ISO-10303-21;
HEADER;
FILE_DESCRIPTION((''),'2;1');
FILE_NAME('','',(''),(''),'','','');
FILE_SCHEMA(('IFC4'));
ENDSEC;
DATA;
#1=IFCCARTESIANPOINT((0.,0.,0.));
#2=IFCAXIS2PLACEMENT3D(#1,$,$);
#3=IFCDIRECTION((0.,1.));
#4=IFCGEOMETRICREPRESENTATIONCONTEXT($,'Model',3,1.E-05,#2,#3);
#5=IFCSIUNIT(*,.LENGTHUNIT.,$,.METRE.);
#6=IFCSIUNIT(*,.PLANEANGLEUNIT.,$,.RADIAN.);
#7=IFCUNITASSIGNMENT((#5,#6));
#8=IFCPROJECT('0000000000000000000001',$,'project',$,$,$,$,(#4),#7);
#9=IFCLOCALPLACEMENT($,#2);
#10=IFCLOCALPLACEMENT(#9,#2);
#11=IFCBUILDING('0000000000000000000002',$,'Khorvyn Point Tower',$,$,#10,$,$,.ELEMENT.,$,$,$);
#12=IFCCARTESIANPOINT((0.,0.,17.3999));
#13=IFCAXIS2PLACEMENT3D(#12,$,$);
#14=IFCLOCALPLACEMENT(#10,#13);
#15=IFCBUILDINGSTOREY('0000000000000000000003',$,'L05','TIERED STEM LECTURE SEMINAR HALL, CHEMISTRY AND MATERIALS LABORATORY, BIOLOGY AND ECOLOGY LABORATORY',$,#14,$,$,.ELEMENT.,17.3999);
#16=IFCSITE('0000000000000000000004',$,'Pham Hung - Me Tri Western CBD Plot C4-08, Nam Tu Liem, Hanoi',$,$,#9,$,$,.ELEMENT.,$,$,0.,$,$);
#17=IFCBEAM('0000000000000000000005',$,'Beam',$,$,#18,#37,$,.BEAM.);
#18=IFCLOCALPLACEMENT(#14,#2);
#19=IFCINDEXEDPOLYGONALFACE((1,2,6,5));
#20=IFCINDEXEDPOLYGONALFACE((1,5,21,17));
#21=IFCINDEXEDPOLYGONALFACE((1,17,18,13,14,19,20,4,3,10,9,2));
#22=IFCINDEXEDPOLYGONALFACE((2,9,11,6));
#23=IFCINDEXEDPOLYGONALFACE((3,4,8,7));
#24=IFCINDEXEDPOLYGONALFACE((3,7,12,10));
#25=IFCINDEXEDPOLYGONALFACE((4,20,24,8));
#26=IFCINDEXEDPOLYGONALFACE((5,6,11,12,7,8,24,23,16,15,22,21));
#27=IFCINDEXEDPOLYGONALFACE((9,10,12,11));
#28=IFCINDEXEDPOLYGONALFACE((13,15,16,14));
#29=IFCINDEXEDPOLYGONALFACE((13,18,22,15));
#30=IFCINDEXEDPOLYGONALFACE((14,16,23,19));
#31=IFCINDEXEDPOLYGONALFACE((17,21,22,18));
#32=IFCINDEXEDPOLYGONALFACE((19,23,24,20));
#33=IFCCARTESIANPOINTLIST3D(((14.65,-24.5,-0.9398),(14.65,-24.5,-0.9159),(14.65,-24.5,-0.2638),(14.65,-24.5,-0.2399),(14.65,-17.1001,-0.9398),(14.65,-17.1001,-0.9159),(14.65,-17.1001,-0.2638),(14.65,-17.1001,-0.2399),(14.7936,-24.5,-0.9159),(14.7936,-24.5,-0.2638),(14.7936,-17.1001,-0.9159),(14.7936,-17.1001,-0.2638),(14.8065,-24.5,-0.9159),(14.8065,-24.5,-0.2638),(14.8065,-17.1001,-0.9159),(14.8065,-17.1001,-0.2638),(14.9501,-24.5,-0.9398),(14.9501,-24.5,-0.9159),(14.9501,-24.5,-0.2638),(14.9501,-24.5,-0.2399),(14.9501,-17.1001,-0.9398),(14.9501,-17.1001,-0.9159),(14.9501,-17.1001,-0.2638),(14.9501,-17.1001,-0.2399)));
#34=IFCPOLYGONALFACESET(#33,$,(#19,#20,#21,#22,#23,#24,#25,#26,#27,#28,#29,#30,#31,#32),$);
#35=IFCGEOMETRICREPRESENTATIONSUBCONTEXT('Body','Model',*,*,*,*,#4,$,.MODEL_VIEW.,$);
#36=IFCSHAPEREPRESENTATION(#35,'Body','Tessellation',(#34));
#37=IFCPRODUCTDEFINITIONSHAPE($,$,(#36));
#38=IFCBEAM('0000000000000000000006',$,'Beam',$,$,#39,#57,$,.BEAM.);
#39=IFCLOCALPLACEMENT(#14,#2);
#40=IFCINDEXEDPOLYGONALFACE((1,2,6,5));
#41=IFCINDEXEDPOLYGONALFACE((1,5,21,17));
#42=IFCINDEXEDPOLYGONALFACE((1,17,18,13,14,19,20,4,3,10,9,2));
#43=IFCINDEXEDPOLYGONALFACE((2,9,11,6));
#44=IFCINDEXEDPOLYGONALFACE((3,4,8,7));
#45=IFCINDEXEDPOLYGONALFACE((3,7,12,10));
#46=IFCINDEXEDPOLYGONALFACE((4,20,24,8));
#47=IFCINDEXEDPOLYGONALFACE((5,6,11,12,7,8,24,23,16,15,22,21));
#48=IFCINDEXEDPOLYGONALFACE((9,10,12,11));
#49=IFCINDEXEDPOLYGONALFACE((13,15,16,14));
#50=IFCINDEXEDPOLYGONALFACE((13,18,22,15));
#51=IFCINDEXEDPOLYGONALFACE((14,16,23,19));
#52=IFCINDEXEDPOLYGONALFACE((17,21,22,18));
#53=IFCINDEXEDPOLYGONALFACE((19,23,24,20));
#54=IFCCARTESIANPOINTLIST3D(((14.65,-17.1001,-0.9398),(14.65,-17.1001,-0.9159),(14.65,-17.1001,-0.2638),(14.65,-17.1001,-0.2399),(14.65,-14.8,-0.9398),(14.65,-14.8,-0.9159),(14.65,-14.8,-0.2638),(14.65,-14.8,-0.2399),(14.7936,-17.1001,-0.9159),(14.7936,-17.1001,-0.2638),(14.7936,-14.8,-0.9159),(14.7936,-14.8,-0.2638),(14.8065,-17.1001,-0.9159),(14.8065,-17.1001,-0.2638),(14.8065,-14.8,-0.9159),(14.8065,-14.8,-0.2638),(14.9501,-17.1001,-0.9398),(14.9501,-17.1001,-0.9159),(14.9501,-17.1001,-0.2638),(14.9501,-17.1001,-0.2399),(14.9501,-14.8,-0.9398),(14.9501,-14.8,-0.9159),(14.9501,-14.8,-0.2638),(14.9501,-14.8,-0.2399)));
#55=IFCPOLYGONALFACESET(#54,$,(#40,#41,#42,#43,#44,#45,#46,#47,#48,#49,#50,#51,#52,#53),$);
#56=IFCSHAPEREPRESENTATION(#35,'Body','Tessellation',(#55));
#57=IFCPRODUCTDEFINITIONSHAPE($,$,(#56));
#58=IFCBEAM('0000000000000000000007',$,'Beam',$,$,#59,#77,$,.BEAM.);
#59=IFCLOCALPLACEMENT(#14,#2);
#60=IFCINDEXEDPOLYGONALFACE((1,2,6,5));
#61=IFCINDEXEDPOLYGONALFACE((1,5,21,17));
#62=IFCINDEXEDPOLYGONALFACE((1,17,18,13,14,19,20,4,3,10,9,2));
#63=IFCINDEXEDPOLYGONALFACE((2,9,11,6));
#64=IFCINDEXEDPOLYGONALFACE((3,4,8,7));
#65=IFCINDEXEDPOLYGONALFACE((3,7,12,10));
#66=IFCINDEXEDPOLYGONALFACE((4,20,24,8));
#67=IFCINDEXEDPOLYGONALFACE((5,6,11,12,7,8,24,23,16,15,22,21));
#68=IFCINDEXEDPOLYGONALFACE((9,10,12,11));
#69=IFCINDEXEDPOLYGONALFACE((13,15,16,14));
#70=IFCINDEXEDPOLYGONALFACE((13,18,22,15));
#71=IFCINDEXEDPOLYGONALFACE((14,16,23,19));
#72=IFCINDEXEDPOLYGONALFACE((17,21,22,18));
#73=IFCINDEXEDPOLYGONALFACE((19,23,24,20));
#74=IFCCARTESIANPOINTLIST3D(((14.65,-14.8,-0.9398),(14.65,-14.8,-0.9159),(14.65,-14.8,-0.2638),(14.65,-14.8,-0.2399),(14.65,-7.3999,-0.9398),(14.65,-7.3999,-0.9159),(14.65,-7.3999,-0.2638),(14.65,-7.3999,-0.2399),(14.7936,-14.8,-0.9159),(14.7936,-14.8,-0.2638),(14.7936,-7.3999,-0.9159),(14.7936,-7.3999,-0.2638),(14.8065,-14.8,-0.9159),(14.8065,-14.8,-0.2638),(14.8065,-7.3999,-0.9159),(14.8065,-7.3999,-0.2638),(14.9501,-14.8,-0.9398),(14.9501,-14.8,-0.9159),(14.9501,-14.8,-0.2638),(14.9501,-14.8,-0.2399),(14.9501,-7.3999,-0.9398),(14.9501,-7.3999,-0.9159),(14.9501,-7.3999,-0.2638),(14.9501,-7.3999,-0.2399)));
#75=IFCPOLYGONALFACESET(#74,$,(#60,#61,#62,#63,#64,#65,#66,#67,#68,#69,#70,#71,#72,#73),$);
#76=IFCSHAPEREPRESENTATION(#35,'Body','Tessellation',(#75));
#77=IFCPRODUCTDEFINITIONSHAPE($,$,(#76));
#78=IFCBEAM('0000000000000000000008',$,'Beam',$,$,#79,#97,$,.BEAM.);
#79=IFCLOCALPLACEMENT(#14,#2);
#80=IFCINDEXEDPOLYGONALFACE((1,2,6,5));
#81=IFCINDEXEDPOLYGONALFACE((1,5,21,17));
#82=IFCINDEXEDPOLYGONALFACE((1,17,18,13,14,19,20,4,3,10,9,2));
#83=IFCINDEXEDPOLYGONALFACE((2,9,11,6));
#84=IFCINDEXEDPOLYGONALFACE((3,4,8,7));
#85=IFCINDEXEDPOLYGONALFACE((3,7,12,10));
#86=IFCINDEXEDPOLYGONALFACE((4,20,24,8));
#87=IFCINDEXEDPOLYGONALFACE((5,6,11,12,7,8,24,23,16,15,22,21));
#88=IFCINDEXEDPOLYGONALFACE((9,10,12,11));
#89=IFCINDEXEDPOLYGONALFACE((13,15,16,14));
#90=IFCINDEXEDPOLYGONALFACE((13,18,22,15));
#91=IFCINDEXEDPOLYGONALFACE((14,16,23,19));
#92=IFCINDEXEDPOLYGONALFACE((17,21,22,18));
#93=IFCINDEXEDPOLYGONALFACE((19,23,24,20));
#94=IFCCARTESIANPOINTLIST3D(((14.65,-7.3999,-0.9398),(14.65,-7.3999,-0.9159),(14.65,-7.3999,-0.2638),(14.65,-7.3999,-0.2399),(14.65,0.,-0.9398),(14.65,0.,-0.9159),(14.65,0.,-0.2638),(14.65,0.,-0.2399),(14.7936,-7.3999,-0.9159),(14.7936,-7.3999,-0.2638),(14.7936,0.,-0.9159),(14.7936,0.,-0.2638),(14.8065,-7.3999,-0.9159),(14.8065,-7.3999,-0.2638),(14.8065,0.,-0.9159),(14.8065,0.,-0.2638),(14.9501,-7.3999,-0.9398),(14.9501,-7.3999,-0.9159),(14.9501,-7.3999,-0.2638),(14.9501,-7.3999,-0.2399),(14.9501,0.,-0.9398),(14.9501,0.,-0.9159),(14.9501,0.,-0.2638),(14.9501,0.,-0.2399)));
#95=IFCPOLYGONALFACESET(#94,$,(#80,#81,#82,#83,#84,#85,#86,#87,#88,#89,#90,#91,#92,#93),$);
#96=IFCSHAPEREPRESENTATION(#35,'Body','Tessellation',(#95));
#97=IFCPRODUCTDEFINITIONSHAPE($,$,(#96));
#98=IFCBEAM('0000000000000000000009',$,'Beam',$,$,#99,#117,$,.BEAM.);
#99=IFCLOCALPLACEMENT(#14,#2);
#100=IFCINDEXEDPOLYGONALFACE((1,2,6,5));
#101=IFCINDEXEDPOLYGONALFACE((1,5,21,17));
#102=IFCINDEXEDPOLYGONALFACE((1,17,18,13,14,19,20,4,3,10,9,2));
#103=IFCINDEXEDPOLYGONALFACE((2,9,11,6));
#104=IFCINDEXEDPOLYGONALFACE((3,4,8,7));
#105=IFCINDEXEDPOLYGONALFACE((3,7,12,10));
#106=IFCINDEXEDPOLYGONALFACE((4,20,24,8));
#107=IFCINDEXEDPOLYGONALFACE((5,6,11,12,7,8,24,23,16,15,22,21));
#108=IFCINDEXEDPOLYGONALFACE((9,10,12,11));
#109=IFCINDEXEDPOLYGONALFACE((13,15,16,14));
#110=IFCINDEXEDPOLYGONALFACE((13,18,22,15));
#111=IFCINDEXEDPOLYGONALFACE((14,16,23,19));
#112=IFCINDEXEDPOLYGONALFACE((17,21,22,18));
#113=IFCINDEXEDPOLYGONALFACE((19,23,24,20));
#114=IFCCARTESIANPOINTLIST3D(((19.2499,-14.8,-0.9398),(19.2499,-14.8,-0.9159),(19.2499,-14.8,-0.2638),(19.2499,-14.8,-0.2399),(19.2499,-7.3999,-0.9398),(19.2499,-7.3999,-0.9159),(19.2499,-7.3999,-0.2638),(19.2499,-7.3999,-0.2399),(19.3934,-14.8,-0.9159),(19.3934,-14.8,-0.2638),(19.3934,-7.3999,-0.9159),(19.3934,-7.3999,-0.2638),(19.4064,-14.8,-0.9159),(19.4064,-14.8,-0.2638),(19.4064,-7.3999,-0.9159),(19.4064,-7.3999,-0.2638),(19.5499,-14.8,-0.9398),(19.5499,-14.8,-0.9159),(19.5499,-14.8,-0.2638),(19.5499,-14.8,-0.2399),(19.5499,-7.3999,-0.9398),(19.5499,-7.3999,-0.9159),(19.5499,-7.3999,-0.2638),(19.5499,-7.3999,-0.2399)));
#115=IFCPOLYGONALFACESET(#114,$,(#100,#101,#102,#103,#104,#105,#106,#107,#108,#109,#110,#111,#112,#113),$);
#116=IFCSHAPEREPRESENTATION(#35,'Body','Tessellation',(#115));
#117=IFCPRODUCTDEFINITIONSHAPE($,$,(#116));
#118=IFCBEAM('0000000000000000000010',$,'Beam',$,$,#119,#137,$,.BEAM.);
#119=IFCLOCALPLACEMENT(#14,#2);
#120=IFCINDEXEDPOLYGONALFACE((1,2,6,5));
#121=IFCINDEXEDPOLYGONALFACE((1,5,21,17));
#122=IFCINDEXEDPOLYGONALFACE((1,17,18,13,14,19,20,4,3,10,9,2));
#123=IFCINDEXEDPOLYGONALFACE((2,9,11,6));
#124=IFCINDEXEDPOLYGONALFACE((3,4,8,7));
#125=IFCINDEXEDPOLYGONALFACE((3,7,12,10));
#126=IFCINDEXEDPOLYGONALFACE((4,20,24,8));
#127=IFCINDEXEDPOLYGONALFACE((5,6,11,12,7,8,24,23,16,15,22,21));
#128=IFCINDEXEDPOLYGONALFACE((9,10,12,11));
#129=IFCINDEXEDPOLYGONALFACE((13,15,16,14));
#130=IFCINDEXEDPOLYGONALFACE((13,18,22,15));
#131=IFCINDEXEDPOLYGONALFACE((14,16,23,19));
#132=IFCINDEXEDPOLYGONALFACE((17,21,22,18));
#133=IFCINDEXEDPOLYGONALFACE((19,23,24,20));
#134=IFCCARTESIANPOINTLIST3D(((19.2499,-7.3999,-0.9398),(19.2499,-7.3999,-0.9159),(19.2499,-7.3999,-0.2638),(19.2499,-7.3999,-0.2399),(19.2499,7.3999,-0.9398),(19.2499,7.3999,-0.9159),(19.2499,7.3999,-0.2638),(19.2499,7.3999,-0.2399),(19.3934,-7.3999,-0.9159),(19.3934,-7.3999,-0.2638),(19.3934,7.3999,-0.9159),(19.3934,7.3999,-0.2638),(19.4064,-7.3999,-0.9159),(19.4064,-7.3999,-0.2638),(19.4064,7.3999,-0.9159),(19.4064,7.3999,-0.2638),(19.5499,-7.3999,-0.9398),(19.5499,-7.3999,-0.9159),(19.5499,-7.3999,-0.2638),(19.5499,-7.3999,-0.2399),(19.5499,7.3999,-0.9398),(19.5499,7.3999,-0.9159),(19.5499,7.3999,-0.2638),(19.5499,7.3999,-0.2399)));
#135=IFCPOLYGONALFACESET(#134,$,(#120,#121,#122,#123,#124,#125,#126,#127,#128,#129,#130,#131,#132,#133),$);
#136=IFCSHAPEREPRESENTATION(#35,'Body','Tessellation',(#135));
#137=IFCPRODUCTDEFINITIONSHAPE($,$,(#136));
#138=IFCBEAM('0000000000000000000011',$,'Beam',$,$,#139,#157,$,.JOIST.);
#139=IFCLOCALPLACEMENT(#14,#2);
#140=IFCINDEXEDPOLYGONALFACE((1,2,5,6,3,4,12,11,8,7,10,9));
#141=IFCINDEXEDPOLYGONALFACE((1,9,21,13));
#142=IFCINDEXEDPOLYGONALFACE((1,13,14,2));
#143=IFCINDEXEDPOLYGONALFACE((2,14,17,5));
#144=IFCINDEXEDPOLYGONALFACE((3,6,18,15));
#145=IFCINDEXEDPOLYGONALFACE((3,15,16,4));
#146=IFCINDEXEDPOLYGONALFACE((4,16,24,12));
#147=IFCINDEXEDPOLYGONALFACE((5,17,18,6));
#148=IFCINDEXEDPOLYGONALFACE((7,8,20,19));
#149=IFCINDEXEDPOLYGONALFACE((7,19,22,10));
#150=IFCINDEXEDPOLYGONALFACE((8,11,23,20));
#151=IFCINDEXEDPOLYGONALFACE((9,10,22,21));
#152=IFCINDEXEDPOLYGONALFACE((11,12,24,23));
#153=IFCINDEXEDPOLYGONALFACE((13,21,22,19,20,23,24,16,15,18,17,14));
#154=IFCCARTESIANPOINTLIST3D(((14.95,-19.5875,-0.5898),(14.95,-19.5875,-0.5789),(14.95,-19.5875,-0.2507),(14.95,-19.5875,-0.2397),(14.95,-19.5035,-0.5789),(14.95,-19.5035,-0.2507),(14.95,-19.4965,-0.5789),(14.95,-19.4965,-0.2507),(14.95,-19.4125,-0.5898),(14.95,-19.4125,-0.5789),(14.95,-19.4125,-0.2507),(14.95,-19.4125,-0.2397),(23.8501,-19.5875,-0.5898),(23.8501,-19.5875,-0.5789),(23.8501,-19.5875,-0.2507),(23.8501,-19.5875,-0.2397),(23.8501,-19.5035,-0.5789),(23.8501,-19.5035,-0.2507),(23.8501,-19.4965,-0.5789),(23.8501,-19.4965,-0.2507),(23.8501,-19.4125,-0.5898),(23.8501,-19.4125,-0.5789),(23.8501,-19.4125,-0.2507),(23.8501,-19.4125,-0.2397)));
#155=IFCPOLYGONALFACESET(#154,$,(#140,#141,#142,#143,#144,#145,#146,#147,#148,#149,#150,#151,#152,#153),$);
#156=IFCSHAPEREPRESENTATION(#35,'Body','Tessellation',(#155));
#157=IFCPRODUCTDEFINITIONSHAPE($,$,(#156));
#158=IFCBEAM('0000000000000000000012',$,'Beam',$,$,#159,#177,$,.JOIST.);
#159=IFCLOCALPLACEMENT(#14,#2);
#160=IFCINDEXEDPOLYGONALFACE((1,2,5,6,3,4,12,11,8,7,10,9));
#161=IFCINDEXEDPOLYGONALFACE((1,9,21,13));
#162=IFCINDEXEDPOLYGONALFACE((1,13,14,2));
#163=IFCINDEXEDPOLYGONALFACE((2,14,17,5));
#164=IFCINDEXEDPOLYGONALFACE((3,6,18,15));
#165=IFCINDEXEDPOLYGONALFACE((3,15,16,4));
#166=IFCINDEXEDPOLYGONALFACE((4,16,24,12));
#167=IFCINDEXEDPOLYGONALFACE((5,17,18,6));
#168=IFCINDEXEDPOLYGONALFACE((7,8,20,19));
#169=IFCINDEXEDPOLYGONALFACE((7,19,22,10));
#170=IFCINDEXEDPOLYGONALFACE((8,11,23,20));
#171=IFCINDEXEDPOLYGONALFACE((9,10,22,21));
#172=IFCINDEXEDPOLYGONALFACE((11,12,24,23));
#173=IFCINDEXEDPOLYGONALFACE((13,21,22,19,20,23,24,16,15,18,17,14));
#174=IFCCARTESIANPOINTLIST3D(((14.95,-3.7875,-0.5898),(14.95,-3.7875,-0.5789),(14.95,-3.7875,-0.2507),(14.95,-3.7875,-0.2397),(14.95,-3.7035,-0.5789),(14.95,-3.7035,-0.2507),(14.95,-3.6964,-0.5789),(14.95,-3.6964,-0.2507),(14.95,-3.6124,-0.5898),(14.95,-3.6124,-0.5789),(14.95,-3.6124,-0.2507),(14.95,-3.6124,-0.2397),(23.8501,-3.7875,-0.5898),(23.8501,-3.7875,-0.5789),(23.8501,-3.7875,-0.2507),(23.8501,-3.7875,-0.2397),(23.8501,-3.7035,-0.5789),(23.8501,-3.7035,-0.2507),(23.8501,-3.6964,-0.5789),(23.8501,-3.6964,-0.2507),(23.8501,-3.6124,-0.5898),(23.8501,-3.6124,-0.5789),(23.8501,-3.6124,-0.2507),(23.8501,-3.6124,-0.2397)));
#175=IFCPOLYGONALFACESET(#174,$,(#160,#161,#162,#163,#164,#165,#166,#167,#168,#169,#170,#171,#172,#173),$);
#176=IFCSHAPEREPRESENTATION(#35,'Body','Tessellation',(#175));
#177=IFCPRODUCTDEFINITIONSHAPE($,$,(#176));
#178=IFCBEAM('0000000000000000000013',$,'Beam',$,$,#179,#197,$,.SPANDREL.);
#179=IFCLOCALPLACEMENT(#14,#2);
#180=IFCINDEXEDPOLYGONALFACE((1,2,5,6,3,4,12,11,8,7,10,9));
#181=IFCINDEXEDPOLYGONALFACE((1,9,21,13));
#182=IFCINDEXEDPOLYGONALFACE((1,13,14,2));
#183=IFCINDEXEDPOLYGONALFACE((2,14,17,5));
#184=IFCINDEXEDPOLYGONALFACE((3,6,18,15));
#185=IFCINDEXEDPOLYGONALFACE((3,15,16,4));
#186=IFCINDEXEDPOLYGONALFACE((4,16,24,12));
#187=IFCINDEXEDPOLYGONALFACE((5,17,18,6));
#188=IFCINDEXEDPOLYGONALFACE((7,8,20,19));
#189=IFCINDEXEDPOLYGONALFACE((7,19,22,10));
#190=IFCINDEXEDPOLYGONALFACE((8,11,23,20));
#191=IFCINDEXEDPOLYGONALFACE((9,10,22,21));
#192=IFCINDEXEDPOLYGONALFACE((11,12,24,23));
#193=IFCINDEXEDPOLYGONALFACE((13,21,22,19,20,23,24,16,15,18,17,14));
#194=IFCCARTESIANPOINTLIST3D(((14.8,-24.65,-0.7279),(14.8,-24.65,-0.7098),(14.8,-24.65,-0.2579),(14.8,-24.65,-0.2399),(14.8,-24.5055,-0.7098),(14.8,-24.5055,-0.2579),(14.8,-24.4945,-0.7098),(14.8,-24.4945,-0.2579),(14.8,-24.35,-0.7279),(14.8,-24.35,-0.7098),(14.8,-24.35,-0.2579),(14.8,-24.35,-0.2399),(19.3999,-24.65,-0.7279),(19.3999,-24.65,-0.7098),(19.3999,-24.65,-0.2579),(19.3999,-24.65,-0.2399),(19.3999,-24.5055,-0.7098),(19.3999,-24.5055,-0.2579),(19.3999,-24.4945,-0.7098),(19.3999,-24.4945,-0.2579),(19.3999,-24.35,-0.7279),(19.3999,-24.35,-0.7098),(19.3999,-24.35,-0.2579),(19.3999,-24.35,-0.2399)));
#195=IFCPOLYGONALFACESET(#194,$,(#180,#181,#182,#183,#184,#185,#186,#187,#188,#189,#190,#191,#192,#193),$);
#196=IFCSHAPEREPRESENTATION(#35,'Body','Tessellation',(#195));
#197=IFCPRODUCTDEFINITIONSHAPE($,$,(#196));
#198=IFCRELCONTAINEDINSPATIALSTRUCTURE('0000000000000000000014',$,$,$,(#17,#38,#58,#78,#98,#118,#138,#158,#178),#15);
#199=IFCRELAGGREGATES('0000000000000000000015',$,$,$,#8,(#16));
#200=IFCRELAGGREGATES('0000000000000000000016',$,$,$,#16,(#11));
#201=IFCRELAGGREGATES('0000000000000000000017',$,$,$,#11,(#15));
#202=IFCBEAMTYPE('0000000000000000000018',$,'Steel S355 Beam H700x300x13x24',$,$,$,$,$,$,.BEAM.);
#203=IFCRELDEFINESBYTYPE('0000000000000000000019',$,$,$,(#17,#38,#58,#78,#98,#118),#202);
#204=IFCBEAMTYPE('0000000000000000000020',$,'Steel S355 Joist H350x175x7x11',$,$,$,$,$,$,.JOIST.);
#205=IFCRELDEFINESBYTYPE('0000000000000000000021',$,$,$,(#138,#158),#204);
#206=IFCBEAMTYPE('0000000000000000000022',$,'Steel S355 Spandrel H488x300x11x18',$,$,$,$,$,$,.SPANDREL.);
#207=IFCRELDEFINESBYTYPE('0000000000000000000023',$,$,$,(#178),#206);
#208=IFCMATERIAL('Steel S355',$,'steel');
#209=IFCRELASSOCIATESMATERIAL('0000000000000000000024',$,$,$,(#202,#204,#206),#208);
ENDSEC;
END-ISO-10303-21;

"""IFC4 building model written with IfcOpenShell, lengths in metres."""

from ifc_helpers import new_model, si_unit, direction, frame, origin, origin_2d, place, context, subcontext, project, spatial, i_section, extrude, material, material_profile, profile_set, type_object, element, save


model = new_model("IFC4")

# Units and contexts
model_context = context("Model", 3, precision=1e-05, world=origin(), true_north=direction((0.0, 1.0)))
body_context = subcontext(model_context, "Body", "Model", "MODEL_VIEW")
ifc_project = project(units=[si_unit("LENGTHUNIT", "METRE"), si_unit("PLANEANGLEUNIT", "RADIAN")], contexts=[model_context])

# Site, building, storey
site_placement = place(None, origin())
site = spatial("IfcSite", under=ifc_project, at=site_placement, Name="Pham Hung - Me Tri Western CBD Plot C4-08, Nam Tu Liem, Hanoi", CompositionType="ELEMENT", RefElevation=0.0)
building_placement = place(site_placement, origin())
building = spatial("IfcBuilding", under=site, at=building_placement, Name="Khorvyn Point Tower", CompositionType="ELEMENT")
storey_placement = place(building_placement, frame((0.0, 0.0, 17.3999)))
storey = spatial("IfcBuildingStorey", under=building, at=storey_placement, Name="L05", Description="TIERED STEM LECTURE SEMINAR HALL, CHEMISTRY AND MATERIALS LABORATORY, BIOLOGY AND ECOLOGY LABORATORY", CompositionType="ELEMENT", Elevation=17.3999)

# Beams
ifc_material_1 = material(Name="Steel S355", Category="steel")
ifc_material_profile_1 = material_profile(ifc_material_1, i_section(OverallWidth=0.3, OverallDepth=0.7, WebThickness=0.0129, FlangeThickness=0.0239, at=origin_2d()))
ifc_profile_set_1 = profile_set([ifc_material_profile_1], Name="Steel S355 H700x300x13x24")
beam_type_1 = type_object("IfcBeamType", Name="Steel S355 Beam H700x300x13x24", PredefinedType="BEAM", material=ifc_profile_set_1)
beam_1_placement = place(storey_placement, frame((14.8, -24.5, -0.5898), z_axis=(0.0, 1.0, 0.0), x_axis=(-1.0, 0.0, 0.0)))
element("IfcBeam", 1, at=beam_1_placement, inside=storey, type_object=beam_type_1, Name="Beam", PredefinedType="BEAM", context=body_context, shape_type="SweptSolid", body=[
    extrude(i_section(OverallWidth=0.3, OverallDepth=0.7, WebThickness=0.0129, FlangeThickness=0.0239, at=origin_2d()), origin(), (0.0, 0.0, 1.0), 7.3999),
])
beam_2_placement = place(storey_placement, frame((14.8, -17.1001, -0.5898), z_axis=(0.0, 1.0, 0.0), x_axis=(-1.0, 0.0, 0.0)))
element("IfcBeam", 2, at=beam_2_placement, inside=storey, type_object=beam_type_1, Name="Beam", PredefinedType="BEAM", context=body_context, shape_type="SweptSolid", body=[
    extrude(i_section(OverallWidth=0.3, OverallDepth=0.7, WebThickness=0.0129, FlangeThickness=0.0239, at=origin_2d()), origin(), (0.0, 0.0, 1.0), 2.3),
])
beam_3_placement = place(storey_placement, frame((14.8, -14.8, -0.5898), z_axis=(0.0, 1.0, 0.0), x_axis=(-1.0, 0.0, 0.0)))
element("IfcBeam", 3, at=beam_3_placement, inside=storey, type_object=beam_type_1, Name="Beam", PredefinedType="BEAM", context=body_context, shape_type="SweptSolid", body=[
    extrude(i_section(OverallWidth=0.3, OverallDepth=0.7, WebThickness=0.0129, FlangeThickness=0.0239, at=origin_2d()), origin(), (0.0, 0.0, 1.0), 7.4001),
])
beam_4_placement = place(storey_placement, frame((14.8, -7.3999, -0.5898), z_axis=(0.0, 1.0, 0.0), x_axis=(-1.0, 0.0, 0.0)))
element("IfcBeam", 4, at=beam_4_placement, inside=storey, type_object=beam_type_1, Name="Beam", PredefinedType="BEAM", context=body_context, shape_type="SweptSolid", body=[
    extrude(i_section(OverallWidth=0.3, OverallDepth=0.7, WebThickness=0.0129, FlangeThickness=0.0239, at=origin_2d()), origin(), (0.0, 0.0, 1.0), 7.3999),
])
beam_5_placement = place(storey_placement, frame((19.3999, -14.8, -0.5898), z_axis=(0.0, 1.0, 0.0), x_axis=(-1.0, 0.0, 0.0)))
element("IfcBeam", 5, at=beam_5_placement, inside=storey, type_object=beam_type_1, Name="Beam", PredefinedType="BEAM", context=body_context, shape_type="SweptSolid", body=[
    extrude(i_section(OverallWidth=0.3, OverallDepth=0.7, WebThickness=0.0129, FlangeThickness=0.0239, at=origin_2d()), origin(), (0.0, 0.0, 1.0), 7.4001),
])
beam_6_placement = place(storey_placement, frame((19.3999, -7.3999, -0.5898), z_axis=(0.0, 1.0, 0.0), x_axis=(-1.0, 0.0, 0.0)))
element("IfcBeam", 6, at=beam_6_placement, inside=storey, type_object=beam_type_1, Name="Beam", PredefinedType="BEAM", context=body_context, shape_type="SweptSolid", body=[
    extrude(i_section(OverallWidth=0.3, OverallDepth=0.7, WebThickness=0.0129, FlangeThickness=0.0239, at=origin_2d()), origin(), (0.0, 0.0, 1.0), 14.7998),
])
ifc_material_profile_2 = material_profile(ifc_material_1, i_section(OverallWidth=0.175, OverallDepth=0.3501, WebThickness=0.0071, FlangeThickness=0.011, at=origin_2d()))
ifc_profile_set_2 = profile_set([ifc_material_profile_2], Name="Steel S355 H350x175x7x11")
beam_type_2 = type_object("IfcBeamType", Name="Steel S355 Joist H350x175x7x11", PredefinedType="JOIST", material=ifc_profile_set_2)
for number, where, z_axis, x_axis, name in (
    (7, (14.95, -19.5, -0.4148), (1.0, 0.0, 0.0), (0.0, 1.0, 0.0), "Beam"),
    (8, (14.95, -3.7, -0.4148), (1.0, 0.0, 0.0), (0.0, 1.0, 0.0), "Beam"),
):
    element("IfcBeam", number, at=place(storey_placement, frame(where, z_axis=z_axis, x_axis=x_axis)), inside=storey, type_object=beam_type_2, Name=name, PredefinedType="JOIST", context=body_context, shape_type="SweptSolid", body=[
        extrude(i_section(OverallWidth=0.175, OverallDepth=0.3501, WebThickness=0.0071, FlangeThickness=0.011, at=origin_2d()), origin(), (0.0, 0.0, 1.0), 8.9001),
    ])
ifc_material_profile_3 = material_profile(ifc_material_1, i_section(OverallWidth=0.3, OverallDepth=0.488, WebThickness=0.011, FlangeThickness=0.0181, at=origin_2d()))
ifc_profile_set_3 = profile_set([ifc_material_profile_3], Name="Steel S355 H488x300x11x18")
beam_type_3 = type_object("IfcBeamType", Name="Steel S355 Spandrel H488x300x11x18", PredefinedType="SPANDREL", material=ifc_profile_set_3)
beam_7_placement = place(storey_placement, frame((14.8, -24.5, -0.4839), z_axis=(1.0, 0.0, 0.0), x_axis=(0.0, 1.0, 0.0)))
element("IfcBeam", 9, at=beam_7_placement, inside=storey, type_object=beam_type_3, Name="Beam", PredefinedType="SPANDREL", context=body_context, shape_type="SweptSolid", body=[
    extrude(i_section(OverallWidth=0.3, OverallDepth=0.488, WebThickness=0.011, FlangeThickness=0.0181, at=origin_2d()), origin(), (0.0, 0.0, 1.0), 4.5999),
])

save(model, "model.ifc")
